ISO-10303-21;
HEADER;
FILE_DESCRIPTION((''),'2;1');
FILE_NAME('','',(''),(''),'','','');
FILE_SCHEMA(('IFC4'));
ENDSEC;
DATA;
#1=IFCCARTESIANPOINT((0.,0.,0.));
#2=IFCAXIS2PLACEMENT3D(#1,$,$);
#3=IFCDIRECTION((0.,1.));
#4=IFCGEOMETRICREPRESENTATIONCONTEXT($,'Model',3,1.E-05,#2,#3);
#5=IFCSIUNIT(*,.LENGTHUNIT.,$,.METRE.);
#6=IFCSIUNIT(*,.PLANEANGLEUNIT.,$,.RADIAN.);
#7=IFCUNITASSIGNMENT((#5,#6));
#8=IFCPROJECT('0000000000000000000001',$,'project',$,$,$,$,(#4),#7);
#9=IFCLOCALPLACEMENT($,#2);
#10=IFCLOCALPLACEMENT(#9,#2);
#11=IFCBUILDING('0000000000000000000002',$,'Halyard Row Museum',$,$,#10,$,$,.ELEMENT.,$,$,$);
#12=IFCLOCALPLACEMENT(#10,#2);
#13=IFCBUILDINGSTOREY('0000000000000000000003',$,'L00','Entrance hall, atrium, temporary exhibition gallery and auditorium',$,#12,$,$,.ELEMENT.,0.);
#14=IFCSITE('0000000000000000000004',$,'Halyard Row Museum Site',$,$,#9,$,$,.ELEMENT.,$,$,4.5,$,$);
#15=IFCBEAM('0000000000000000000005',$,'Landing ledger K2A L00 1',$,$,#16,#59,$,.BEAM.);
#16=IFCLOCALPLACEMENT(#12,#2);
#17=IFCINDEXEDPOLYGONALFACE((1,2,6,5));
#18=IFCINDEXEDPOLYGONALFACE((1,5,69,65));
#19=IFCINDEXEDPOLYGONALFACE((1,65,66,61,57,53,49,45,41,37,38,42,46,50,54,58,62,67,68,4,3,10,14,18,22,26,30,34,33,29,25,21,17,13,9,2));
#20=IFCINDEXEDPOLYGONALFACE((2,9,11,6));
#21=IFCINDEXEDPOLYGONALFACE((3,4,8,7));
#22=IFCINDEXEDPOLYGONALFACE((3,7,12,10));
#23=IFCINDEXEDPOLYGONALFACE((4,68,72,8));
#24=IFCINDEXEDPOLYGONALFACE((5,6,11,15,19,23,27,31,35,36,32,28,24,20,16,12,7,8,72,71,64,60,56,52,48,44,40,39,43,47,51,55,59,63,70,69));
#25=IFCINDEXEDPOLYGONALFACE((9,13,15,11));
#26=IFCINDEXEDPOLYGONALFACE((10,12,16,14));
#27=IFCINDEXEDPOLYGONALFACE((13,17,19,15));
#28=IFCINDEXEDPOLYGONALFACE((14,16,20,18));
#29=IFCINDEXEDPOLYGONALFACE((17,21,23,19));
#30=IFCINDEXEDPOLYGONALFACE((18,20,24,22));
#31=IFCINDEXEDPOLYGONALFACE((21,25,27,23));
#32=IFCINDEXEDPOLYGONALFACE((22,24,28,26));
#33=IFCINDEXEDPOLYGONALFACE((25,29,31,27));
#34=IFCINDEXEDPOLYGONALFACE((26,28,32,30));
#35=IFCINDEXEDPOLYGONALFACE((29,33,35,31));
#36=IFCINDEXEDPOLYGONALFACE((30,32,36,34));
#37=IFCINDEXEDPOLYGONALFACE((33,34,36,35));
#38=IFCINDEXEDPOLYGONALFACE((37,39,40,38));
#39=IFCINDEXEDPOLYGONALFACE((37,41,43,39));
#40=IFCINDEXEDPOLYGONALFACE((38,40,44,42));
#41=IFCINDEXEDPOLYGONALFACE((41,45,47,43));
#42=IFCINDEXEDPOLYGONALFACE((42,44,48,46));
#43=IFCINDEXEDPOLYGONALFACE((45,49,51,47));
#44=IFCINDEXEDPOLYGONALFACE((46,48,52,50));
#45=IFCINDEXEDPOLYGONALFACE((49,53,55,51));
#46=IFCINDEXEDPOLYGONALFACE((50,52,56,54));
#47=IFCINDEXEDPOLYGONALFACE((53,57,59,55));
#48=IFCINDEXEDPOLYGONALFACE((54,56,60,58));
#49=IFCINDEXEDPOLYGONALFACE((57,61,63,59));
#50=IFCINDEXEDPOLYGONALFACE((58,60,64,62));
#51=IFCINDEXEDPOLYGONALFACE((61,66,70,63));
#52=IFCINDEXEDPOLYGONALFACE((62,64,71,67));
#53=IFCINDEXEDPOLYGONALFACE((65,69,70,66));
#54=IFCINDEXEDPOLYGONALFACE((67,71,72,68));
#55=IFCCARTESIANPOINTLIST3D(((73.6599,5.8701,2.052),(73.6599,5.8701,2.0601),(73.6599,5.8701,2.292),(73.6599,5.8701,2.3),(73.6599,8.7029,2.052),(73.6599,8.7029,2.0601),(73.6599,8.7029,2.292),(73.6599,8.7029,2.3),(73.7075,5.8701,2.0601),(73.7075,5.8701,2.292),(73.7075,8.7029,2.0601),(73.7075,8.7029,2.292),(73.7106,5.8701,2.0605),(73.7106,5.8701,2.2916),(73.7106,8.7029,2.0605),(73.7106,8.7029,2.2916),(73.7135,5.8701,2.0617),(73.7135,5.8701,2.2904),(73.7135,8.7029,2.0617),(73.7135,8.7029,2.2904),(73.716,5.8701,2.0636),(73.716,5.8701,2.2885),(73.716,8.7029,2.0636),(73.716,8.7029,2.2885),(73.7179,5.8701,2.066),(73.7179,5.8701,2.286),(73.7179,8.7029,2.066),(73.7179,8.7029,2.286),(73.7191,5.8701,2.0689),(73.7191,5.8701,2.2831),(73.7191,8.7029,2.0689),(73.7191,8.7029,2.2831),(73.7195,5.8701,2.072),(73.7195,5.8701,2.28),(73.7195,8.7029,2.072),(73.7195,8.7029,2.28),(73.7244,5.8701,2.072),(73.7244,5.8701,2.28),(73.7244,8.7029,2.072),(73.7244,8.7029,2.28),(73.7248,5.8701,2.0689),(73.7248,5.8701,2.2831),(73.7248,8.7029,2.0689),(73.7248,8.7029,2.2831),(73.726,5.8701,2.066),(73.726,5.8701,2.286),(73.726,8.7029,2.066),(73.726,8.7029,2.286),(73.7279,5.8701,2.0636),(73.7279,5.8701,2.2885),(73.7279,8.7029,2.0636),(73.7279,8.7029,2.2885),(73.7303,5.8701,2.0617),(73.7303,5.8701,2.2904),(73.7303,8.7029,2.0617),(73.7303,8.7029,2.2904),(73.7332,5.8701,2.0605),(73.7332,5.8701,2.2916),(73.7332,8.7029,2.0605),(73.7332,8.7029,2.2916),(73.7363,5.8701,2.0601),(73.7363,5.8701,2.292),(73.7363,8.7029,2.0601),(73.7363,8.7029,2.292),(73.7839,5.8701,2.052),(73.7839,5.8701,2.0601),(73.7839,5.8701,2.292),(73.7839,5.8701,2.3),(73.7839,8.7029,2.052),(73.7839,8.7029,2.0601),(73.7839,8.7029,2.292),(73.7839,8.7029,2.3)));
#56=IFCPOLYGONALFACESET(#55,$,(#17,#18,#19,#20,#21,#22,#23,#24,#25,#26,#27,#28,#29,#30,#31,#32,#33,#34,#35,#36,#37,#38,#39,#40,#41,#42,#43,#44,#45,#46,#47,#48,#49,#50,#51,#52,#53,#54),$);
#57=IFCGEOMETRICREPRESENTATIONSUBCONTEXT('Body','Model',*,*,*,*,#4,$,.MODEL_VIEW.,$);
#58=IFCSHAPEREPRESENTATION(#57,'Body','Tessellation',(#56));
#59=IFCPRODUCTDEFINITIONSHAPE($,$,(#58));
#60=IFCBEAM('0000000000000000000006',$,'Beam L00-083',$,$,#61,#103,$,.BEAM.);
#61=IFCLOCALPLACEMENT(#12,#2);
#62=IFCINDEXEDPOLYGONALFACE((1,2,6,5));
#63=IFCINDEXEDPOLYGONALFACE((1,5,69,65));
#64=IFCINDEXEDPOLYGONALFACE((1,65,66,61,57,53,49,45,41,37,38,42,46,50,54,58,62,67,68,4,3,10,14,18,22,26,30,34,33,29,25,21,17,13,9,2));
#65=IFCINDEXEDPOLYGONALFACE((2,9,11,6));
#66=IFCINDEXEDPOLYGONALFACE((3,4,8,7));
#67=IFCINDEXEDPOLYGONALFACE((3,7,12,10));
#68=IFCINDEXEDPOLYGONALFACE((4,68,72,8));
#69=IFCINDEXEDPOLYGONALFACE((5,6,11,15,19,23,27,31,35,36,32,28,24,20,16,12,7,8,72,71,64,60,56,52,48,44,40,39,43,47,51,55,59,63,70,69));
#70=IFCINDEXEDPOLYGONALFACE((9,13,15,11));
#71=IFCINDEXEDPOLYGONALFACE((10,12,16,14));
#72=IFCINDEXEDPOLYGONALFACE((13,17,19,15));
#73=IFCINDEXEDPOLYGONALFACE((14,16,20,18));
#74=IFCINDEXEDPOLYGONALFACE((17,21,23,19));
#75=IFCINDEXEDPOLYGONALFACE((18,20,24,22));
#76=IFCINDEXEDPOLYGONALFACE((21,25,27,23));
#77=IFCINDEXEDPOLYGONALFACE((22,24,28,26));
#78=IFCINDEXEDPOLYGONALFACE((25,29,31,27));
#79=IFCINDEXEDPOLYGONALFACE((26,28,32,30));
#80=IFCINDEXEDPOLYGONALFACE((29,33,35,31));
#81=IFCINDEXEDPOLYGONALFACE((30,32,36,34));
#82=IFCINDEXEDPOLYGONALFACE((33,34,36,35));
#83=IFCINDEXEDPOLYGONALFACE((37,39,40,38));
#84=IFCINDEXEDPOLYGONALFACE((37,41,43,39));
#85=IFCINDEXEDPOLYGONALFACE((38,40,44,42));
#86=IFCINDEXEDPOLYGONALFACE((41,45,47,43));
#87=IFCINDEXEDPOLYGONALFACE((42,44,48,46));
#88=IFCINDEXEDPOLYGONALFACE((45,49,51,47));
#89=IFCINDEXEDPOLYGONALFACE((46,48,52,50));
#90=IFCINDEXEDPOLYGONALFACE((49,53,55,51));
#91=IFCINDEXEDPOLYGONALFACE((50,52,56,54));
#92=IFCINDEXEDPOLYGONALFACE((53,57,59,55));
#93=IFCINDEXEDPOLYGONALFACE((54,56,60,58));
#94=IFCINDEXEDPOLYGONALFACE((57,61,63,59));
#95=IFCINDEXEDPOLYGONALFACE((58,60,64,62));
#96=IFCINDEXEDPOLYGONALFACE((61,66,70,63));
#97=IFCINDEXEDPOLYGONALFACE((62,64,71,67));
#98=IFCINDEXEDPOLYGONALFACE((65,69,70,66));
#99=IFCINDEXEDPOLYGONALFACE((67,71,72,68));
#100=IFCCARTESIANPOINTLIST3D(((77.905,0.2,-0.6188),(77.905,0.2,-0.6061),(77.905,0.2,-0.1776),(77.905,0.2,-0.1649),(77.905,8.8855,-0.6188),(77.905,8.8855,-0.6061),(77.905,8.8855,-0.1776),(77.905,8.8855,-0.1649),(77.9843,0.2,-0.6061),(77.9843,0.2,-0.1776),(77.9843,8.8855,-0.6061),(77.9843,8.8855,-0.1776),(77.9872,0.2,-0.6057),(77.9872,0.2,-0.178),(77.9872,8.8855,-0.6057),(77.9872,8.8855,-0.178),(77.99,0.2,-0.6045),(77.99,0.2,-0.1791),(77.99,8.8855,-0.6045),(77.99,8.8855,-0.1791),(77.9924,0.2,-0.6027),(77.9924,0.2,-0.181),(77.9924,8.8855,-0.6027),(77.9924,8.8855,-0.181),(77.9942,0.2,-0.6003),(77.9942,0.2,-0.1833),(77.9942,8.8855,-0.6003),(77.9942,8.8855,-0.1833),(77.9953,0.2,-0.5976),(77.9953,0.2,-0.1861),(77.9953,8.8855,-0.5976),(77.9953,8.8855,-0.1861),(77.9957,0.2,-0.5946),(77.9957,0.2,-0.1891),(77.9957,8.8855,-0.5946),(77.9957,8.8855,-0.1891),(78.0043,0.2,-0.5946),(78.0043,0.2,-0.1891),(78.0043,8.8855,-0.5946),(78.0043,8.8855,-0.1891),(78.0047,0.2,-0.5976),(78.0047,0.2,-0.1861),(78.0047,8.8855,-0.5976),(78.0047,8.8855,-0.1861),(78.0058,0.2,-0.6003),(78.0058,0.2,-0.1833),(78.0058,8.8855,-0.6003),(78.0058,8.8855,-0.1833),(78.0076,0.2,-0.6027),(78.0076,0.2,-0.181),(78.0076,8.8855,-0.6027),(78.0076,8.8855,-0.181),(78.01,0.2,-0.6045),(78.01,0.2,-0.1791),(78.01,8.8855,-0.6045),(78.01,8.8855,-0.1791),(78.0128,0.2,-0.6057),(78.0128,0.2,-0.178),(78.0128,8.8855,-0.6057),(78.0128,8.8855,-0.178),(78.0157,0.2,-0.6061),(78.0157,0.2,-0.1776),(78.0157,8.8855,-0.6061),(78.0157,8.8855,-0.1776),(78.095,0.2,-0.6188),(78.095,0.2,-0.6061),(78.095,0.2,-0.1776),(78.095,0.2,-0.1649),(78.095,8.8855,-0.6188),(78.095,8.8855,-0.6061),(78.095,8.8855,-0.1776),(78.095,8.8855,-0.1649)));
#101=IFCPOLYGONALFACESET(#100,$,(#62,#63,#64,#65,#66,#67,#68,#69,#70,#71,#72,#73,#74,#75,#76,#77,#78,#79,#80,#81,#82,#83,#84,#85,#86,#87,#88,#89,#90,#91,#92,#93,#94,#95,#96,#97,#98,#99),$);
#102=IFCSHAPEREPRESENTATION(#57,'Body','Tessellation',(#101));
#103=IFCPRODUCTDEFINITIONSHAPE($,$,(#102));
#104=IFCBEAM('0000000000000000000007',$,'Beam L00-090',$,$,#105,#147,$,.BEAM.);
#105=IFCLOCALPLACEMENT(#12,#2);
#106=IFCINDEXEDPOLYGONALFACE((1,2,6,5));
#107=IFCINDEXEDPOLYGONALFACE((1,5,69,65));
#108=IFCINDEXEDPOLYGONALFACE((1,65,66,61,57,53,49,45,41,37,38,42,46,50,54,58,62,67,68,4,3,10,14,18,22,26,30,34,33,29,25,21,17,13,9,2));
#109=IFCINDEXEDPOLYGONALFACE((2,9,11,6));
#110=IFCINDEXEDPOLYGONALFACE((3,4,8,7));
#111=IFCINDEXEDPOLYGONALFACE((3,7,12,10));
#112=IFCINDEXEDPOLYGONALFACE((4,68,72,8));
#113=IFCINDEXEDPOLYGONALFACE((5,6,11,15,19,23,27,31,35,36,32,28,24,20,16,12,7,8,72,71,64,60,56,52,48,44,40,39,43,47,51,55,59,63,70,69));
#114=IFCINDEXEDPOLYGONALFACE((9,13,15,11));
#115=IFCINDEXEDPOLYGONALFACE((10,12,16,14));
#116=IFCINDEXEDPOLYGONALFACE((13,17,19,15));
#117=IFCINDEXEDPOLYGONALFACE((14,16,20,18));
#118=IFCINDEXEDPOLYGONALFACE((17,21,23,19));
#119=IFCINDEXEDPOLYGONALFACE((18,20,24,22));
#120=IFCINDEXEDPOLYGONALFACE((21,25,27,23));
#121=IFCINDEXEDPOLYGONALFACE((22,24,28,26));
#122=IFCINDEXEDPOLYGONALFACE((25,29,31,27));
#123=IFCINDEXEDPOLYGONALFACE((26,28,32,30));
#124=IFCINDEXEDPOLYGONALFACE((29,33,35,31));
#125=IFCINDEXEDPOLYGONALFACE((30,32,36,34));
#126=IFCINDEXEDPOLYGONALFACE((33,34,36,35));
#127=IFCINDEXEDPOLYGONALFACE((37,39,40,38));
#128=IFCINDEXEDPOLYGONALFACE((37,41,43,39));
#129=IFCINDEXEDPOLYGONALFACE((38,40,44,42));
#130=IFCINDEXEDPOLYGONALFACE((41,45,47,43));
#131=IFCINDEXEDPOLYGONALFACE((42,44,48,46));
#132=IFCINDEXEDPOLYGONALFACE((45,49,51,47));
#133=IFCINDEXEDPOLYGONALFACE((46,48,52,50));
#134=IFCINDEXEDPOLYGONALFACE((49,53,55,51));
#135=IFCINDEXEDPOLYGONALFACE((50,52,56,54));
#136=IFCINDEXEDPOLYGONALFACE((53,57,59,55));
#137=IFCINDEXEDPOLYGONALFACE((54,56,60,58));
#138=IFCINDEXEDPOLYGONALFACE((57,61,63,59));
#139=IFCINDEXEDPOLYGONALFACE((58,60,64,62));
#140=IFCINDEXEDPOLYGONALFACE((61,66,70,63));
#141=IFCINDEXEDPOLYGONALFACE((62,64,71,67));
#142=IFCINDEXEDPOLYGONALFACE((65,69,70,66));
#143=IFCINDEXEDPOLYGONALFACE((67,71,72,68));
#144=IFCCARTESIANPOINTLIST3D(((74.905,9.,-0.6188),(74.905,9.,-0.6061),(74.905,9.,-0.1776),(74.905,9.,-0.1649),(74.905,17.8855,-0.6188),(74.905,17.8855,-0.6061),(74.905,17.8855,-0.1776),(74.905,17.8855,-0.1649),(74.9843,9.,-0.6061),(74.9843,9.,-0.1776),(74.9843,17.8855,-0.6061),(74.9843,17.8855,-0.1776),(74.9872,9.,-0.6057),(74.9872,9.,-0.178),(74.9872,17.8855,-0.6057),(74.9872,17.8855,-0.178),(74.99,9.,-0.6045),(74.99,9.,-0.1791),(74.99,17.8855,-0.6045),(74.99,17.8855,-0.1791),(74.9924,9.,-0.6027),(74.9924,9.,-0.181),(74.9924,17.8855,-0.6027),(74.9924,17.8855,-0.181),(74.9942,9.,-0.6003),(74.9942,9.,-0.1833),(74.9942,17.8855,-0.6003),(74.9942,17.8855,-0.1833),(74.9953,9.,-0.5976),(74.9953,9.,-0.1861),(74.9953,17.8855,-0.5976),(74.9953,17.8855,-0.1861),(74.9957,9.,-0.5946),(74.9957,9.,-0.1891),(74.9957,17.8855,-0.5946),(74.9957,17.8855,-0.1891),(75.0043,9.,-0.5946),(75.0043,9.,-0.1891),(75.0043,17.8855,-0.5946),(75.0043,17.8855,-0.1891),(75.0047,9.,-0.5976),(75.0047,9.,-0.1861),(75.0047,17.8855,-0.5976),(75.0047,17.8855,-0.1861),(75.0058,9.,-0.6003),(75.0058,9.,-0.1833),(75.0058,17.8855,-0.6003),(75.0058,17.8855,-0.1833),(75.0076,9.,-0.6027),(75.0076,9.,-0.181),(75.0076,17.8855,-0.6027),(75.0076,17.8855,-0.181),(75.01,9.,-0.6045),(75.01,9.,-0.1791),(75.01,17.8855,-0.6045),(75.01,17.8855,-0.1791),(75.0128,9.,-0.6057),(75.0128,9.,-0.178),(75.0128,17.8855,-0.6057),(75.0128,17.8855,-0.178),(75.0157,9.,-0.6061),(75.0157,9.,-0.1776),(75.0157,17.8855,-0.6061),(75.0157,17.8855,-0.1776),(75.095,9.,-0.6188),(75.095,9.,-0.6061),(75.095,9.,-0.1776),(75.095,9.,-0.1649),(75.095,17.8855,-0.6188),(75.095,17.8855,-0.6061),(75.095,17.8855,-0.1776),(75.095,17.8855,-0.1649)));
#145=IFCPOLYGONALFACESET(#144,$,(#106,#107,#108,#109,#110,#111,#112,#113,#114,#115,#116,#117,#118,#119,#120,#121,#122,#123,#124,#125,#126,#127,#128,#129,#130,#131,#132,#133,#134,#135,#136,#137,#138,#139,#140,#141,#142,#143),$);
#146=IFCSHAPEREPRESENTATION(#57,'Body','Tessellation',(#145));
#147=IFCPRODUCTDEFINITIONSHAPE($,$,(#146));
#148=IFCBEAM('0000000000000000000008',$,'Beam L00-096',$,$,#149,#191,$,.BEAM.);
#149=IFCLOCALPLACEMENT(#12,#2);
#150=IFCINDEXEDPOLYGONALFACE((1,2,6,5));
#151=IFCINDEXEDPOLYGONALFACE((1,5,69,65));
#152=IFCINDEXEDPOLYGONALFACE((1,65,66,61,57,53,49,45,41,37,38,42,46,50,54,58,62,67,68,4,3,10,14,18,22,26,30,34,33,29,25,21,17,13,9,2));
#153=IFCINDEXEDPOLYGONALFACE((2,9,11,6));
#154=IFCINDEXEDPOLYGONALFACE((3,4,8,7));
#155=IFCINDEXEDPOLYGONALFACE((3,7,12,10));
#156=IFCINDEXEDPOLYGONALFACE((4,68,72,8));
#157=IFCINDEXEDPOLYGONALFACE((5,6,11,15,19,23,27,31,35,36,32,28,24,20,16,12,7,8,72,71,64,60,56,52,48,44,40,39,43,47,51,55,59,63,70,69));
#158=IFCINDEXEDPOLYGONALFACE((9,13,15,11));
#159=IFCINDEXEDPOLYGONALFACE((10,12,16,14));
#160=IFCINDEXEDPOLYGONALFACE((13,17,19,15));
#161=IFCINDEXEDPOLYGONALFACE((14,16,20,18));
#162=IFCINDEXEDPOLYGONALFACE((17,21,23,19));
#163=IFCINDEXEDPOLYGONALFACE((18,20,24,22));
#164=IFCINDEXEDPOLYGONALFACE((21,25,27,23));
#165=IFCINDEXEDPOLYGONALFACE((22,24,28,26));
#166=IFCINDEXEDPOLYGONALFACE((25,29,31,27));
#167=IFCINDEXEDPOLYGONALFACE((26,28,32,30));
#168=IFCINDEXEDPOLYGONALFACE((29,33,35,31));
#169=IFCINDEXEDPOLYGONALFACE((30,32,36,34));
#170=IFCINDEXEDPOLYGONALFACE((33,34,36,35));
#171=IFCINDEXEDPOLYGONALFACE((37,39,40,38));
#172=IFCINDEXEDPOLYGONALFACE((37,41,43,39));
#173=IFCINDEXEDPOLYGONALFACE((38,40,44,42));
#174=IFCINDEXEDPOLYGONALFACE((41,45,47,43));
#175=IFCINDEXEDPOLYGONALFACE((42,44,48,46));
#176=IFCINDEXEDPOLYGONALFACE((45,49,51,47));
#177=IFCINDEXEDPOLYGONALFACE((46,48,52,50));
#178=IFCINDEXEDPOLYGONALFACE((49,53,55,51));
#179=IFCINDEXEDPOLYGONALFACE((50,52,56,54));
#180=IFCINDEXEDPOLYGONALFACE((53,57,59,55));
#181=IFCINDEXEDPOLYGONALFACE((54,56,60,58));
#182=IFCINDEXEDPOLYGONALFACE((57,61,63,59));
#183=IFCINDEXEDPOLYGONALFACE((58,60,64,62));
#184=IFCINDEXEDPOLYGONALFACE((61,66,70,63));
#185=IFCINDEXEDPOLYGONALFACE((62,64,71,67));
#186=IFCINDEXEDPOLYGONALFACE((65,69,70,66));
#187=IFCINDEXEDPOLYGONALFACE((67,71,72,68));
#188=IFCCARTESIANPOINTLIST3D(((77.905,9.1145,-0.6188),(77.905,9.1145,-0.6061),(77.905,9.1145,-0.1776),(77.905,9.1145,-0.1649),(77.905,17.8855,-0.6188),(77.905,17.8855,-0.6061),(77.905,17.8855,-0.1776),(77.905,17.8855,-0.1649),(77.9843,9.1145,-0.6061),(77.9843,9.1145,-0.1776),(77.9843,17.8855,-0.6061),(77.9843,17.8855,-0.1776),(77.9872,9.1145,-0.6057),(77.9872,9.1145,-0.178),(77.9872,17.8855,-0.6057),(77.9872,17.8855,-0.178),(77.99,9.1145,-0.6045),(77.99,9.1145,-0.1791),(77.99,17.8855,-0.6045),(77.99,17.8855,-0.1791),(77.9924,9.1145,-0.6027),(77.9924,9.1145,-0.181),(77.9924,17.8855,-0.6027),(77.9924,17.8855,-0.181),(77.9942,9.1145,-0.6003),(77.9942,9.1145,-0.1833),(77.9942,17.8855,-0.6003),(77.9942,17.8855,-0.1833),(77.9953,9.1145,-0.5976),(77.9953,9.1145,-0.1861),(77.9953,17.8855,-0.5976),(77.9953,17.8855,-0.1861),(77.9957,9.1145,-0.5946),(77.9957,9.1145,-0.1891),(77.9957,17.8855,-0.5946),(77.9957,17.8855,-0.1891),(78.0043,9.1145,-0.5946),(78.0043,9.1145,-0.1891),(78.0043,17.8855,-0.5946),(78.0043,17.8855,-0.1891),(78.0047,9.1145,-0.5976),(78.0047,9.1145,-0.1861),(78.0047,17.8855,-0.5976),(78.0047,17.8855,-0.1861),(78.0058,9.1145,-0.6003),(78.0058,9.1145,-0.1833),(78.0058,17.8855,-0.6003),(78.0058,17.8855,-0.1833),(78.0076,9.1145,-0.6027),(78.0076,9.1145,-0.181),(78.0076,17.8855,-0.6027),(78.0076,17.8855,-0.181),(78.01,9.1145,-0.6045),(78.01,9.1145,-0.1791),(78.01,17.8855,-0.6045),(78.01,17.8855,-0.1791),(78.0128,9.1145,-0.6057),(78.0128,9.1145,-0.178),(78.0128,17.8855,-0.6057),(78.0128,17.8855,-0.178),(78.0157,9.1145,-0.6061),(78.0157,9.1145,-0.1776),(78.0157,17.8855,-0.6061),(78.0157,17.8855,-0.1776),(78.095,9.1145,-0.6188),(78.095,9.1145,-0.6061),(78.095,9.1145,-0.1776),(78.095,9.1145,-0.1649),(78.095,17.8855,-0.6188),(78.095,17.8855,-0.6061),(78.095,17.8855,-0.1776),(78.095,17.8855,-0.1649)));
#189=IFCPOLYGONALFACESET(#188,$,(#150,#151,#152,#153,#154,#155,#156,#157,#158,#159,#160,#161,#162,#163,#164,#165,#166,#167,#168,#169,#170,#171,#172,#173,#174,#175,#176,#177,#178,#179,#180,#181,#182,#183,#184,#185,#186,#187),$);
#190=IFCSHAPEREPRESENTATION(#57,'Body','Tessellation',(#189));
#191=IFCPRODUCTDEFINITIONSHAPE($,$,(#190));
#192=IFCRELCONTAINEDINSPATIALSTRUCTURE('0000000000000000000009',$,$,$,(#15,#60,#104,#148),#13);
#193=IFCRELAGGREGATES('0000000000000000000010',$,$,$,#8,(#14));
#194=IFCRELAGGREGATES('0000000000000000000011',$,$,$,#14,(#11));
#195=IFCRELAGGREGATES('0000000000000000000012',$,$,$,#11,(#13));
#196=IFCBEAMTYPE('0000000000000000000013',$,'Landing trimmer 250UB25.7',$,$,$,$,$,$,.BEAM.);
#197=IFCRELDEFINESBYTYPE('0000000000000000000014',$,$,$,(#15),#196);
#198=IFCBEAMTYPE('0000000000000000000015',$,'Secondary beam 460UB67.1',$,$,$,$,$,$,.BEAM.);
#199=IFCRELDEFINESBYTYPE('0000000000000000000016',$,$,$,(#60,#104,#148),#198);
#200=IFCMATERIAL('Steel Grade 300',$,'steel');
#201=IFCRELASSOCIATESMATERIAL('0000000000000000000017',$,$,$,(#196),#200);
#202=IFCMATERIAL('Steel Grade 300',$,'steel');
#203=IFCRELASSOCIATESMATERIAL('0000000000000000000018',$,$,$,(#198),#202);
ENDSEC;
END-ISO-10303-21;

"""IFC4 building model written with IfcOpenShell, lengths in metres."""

from ifc_helpers import new_model, si_unit, direction, frame, origin, origin_2d, place, context, subcontext, project, spatial, i_section, extrude, material, material_profile, profile_set, type_object, element, save


model = new_model("IFC4")

# Units and contexts
model_context = context("Model", 3, precision=1e-05, world=origin(), true_north=direction((0.0, 1.0)))
body_context = subcontext(model_context, "Body", "Model", "MODEL_VIEW")
ifc_project = project(units=[si_unit("LENGTHUNIT", "METRE"), si_unit("PLANEANGLEUNIT", "RADIAN")], contexts=[model_context])

# Site, building, storey
site_placement = place(None, origin())
site = spatial("IfcSite", under=ifc_project, at=site_placement, Name="Halyard Row Museum Site", CompositionType="ELEMENT", RefElevation=4.5)
building_placement = place(site_placement, origin())
building = spatial("IfcBuilding", under=site, at=building_placement, Name="Halyard Row Museum", CompositionType="ELEMENT")
storey_placement = place(building_placement, origin())
storey = spatial("IfcBuildingStorey", under=building, at=storey_placement, Name="L00", Description="Entrance hall, atrium, temporary exhibition gallery and auditorium", CompositionType="ELEMENT", Elevation=0.0)

# Beams
ifc_material_1 = material(Name="Steel Grade 300", Category="steel")
ifc_material_profile_1 = material_profile(ifc_material_1, i_section(OverallWidth=0.124, OverallDepth=0.248, WebThickness=0.0049, FlangeThickness=0.0081, FilletRadius=0.012, at=origin_2d()), Name="250UB25.7")
ifc_profile_set_1 = profile_set([ifc_material_profile_1], Name="Steel Grade 300")
beam_type_1 = type_object("IfcBeamType", Name="Landing trimmer 250UB25.7", PredefinedType="BEAM", material=ifc_profile_set_1)
beam_1_placement = place(storey_placement, frame((73.7219, 8.7029, 2.176), z_axis=(0.0, -1.0, 0.0), x_axis=(1.0, 0.0, 0.0)))
element("IfcBeam", 1, at=beam_1_placement, inside=storey, type_object=beam_type_1, Name="Landing ledger K2A L00 1", PredefinedType="BEAM", context=body_context, shape_type="SweptSolid", body=[
    extrude(i_section(OverallWidth=0.124, OverallDepth=0.248, WebThickness=0.0049, FlangeThickness=0.0081, FilletRadius=0.012, at=origin_2d()), origin(), (0.0, 0.0, 1.0), 2.8328),
])
ifc_material_2 = material(Name="Steel Grade 300", Category="steel")
ifc_material_profile_2 = material_profile(ifc_material_2, i_section(OverallWidth=0.1899, OverallDepth=0.4539, WebThickness=0.0085, FlangeThickness=0.0127, FilletRadius=0.0115, at=origin_2d()), Name="460UB67.1")
ifc_profile_set_2 = profile_set([ifc_material_profile_2], Name="Steel Grade 300")
beam_type_2 = type_object("IfcBeamType", Name="Secondary beam 460UB67.1", PredefinedType="BEAM", material=ifc_profile_set_2)
beam_2_placement = place(storey_placement, frame((78.0, 0.2, -0.3918), z_axis=(0.0, 1.0, 0.0), x_axis=(-1.0, 0.0, 0.0)))
element("IfcBeam", 2, at=beam_2_placement, inside=storey, type_object=beam_type_2, Name="Beam L00-083", PredefinedType="BEAM", context=body_context, shape_type="SweptSolid", body=[
    extrude(i_section(OverallWidth=0.1899, OverallDepth=0.4539, WebThickness=0.0085, FlangeThickness=0.0127, FilletRadius=0.0115, at=origin_2d()), origin(), (0.0, 0.0, 1.0), 8.6855),
])
beam_3_placement = place(storey_placement, frame((75.0, 9.0, -0.3918), z_axis=(0.0, 1.0, 0.0), x_axis=(-1.0, 0.0, 0.0)))
element("IfcBeam", 3, at=beam_3_placement, inside=storey, type_object=beam_type_2, Name="Beam L00-090", PredefinedType="BEAM", context=body_context, shape_type="SweptSolid", body=[
    extrude(i_section(OverallWidth=0.1899, OverallDepth=0.4539, WebThickness=0.0085, FlangeThickness=0.0127, FilletRadius=0.0115, at=origin_2d()), origin(), (0.0, 0.0, 1.0), 8.8855),
])
beam_4_placement = place(storey_placement, frame((78.0, 9.1145, -0.3918), z_axis=(0.0, 1.0, 0.0), x_axis=(-1.0, 0.0, 0.0)))
element("IfcBeam", 4, at=beam_4_placement, inside=storey, type_object=beam_type_2, Name="Beam L00-096", PredefinedType="BEAM", context=body_context, shape_type="SweptSolid", body=[
    extrude(i_section(OverallWidth=0.1899, OverallDepth=0.4539, WebThickness=0.0085, FlangeThickness=0.0127, FilletRadius=0.0115, at=origin_2d()), origin(), (0.0, 0.0, 1.0), 8.771),
])

save(model, "model.ifc")
